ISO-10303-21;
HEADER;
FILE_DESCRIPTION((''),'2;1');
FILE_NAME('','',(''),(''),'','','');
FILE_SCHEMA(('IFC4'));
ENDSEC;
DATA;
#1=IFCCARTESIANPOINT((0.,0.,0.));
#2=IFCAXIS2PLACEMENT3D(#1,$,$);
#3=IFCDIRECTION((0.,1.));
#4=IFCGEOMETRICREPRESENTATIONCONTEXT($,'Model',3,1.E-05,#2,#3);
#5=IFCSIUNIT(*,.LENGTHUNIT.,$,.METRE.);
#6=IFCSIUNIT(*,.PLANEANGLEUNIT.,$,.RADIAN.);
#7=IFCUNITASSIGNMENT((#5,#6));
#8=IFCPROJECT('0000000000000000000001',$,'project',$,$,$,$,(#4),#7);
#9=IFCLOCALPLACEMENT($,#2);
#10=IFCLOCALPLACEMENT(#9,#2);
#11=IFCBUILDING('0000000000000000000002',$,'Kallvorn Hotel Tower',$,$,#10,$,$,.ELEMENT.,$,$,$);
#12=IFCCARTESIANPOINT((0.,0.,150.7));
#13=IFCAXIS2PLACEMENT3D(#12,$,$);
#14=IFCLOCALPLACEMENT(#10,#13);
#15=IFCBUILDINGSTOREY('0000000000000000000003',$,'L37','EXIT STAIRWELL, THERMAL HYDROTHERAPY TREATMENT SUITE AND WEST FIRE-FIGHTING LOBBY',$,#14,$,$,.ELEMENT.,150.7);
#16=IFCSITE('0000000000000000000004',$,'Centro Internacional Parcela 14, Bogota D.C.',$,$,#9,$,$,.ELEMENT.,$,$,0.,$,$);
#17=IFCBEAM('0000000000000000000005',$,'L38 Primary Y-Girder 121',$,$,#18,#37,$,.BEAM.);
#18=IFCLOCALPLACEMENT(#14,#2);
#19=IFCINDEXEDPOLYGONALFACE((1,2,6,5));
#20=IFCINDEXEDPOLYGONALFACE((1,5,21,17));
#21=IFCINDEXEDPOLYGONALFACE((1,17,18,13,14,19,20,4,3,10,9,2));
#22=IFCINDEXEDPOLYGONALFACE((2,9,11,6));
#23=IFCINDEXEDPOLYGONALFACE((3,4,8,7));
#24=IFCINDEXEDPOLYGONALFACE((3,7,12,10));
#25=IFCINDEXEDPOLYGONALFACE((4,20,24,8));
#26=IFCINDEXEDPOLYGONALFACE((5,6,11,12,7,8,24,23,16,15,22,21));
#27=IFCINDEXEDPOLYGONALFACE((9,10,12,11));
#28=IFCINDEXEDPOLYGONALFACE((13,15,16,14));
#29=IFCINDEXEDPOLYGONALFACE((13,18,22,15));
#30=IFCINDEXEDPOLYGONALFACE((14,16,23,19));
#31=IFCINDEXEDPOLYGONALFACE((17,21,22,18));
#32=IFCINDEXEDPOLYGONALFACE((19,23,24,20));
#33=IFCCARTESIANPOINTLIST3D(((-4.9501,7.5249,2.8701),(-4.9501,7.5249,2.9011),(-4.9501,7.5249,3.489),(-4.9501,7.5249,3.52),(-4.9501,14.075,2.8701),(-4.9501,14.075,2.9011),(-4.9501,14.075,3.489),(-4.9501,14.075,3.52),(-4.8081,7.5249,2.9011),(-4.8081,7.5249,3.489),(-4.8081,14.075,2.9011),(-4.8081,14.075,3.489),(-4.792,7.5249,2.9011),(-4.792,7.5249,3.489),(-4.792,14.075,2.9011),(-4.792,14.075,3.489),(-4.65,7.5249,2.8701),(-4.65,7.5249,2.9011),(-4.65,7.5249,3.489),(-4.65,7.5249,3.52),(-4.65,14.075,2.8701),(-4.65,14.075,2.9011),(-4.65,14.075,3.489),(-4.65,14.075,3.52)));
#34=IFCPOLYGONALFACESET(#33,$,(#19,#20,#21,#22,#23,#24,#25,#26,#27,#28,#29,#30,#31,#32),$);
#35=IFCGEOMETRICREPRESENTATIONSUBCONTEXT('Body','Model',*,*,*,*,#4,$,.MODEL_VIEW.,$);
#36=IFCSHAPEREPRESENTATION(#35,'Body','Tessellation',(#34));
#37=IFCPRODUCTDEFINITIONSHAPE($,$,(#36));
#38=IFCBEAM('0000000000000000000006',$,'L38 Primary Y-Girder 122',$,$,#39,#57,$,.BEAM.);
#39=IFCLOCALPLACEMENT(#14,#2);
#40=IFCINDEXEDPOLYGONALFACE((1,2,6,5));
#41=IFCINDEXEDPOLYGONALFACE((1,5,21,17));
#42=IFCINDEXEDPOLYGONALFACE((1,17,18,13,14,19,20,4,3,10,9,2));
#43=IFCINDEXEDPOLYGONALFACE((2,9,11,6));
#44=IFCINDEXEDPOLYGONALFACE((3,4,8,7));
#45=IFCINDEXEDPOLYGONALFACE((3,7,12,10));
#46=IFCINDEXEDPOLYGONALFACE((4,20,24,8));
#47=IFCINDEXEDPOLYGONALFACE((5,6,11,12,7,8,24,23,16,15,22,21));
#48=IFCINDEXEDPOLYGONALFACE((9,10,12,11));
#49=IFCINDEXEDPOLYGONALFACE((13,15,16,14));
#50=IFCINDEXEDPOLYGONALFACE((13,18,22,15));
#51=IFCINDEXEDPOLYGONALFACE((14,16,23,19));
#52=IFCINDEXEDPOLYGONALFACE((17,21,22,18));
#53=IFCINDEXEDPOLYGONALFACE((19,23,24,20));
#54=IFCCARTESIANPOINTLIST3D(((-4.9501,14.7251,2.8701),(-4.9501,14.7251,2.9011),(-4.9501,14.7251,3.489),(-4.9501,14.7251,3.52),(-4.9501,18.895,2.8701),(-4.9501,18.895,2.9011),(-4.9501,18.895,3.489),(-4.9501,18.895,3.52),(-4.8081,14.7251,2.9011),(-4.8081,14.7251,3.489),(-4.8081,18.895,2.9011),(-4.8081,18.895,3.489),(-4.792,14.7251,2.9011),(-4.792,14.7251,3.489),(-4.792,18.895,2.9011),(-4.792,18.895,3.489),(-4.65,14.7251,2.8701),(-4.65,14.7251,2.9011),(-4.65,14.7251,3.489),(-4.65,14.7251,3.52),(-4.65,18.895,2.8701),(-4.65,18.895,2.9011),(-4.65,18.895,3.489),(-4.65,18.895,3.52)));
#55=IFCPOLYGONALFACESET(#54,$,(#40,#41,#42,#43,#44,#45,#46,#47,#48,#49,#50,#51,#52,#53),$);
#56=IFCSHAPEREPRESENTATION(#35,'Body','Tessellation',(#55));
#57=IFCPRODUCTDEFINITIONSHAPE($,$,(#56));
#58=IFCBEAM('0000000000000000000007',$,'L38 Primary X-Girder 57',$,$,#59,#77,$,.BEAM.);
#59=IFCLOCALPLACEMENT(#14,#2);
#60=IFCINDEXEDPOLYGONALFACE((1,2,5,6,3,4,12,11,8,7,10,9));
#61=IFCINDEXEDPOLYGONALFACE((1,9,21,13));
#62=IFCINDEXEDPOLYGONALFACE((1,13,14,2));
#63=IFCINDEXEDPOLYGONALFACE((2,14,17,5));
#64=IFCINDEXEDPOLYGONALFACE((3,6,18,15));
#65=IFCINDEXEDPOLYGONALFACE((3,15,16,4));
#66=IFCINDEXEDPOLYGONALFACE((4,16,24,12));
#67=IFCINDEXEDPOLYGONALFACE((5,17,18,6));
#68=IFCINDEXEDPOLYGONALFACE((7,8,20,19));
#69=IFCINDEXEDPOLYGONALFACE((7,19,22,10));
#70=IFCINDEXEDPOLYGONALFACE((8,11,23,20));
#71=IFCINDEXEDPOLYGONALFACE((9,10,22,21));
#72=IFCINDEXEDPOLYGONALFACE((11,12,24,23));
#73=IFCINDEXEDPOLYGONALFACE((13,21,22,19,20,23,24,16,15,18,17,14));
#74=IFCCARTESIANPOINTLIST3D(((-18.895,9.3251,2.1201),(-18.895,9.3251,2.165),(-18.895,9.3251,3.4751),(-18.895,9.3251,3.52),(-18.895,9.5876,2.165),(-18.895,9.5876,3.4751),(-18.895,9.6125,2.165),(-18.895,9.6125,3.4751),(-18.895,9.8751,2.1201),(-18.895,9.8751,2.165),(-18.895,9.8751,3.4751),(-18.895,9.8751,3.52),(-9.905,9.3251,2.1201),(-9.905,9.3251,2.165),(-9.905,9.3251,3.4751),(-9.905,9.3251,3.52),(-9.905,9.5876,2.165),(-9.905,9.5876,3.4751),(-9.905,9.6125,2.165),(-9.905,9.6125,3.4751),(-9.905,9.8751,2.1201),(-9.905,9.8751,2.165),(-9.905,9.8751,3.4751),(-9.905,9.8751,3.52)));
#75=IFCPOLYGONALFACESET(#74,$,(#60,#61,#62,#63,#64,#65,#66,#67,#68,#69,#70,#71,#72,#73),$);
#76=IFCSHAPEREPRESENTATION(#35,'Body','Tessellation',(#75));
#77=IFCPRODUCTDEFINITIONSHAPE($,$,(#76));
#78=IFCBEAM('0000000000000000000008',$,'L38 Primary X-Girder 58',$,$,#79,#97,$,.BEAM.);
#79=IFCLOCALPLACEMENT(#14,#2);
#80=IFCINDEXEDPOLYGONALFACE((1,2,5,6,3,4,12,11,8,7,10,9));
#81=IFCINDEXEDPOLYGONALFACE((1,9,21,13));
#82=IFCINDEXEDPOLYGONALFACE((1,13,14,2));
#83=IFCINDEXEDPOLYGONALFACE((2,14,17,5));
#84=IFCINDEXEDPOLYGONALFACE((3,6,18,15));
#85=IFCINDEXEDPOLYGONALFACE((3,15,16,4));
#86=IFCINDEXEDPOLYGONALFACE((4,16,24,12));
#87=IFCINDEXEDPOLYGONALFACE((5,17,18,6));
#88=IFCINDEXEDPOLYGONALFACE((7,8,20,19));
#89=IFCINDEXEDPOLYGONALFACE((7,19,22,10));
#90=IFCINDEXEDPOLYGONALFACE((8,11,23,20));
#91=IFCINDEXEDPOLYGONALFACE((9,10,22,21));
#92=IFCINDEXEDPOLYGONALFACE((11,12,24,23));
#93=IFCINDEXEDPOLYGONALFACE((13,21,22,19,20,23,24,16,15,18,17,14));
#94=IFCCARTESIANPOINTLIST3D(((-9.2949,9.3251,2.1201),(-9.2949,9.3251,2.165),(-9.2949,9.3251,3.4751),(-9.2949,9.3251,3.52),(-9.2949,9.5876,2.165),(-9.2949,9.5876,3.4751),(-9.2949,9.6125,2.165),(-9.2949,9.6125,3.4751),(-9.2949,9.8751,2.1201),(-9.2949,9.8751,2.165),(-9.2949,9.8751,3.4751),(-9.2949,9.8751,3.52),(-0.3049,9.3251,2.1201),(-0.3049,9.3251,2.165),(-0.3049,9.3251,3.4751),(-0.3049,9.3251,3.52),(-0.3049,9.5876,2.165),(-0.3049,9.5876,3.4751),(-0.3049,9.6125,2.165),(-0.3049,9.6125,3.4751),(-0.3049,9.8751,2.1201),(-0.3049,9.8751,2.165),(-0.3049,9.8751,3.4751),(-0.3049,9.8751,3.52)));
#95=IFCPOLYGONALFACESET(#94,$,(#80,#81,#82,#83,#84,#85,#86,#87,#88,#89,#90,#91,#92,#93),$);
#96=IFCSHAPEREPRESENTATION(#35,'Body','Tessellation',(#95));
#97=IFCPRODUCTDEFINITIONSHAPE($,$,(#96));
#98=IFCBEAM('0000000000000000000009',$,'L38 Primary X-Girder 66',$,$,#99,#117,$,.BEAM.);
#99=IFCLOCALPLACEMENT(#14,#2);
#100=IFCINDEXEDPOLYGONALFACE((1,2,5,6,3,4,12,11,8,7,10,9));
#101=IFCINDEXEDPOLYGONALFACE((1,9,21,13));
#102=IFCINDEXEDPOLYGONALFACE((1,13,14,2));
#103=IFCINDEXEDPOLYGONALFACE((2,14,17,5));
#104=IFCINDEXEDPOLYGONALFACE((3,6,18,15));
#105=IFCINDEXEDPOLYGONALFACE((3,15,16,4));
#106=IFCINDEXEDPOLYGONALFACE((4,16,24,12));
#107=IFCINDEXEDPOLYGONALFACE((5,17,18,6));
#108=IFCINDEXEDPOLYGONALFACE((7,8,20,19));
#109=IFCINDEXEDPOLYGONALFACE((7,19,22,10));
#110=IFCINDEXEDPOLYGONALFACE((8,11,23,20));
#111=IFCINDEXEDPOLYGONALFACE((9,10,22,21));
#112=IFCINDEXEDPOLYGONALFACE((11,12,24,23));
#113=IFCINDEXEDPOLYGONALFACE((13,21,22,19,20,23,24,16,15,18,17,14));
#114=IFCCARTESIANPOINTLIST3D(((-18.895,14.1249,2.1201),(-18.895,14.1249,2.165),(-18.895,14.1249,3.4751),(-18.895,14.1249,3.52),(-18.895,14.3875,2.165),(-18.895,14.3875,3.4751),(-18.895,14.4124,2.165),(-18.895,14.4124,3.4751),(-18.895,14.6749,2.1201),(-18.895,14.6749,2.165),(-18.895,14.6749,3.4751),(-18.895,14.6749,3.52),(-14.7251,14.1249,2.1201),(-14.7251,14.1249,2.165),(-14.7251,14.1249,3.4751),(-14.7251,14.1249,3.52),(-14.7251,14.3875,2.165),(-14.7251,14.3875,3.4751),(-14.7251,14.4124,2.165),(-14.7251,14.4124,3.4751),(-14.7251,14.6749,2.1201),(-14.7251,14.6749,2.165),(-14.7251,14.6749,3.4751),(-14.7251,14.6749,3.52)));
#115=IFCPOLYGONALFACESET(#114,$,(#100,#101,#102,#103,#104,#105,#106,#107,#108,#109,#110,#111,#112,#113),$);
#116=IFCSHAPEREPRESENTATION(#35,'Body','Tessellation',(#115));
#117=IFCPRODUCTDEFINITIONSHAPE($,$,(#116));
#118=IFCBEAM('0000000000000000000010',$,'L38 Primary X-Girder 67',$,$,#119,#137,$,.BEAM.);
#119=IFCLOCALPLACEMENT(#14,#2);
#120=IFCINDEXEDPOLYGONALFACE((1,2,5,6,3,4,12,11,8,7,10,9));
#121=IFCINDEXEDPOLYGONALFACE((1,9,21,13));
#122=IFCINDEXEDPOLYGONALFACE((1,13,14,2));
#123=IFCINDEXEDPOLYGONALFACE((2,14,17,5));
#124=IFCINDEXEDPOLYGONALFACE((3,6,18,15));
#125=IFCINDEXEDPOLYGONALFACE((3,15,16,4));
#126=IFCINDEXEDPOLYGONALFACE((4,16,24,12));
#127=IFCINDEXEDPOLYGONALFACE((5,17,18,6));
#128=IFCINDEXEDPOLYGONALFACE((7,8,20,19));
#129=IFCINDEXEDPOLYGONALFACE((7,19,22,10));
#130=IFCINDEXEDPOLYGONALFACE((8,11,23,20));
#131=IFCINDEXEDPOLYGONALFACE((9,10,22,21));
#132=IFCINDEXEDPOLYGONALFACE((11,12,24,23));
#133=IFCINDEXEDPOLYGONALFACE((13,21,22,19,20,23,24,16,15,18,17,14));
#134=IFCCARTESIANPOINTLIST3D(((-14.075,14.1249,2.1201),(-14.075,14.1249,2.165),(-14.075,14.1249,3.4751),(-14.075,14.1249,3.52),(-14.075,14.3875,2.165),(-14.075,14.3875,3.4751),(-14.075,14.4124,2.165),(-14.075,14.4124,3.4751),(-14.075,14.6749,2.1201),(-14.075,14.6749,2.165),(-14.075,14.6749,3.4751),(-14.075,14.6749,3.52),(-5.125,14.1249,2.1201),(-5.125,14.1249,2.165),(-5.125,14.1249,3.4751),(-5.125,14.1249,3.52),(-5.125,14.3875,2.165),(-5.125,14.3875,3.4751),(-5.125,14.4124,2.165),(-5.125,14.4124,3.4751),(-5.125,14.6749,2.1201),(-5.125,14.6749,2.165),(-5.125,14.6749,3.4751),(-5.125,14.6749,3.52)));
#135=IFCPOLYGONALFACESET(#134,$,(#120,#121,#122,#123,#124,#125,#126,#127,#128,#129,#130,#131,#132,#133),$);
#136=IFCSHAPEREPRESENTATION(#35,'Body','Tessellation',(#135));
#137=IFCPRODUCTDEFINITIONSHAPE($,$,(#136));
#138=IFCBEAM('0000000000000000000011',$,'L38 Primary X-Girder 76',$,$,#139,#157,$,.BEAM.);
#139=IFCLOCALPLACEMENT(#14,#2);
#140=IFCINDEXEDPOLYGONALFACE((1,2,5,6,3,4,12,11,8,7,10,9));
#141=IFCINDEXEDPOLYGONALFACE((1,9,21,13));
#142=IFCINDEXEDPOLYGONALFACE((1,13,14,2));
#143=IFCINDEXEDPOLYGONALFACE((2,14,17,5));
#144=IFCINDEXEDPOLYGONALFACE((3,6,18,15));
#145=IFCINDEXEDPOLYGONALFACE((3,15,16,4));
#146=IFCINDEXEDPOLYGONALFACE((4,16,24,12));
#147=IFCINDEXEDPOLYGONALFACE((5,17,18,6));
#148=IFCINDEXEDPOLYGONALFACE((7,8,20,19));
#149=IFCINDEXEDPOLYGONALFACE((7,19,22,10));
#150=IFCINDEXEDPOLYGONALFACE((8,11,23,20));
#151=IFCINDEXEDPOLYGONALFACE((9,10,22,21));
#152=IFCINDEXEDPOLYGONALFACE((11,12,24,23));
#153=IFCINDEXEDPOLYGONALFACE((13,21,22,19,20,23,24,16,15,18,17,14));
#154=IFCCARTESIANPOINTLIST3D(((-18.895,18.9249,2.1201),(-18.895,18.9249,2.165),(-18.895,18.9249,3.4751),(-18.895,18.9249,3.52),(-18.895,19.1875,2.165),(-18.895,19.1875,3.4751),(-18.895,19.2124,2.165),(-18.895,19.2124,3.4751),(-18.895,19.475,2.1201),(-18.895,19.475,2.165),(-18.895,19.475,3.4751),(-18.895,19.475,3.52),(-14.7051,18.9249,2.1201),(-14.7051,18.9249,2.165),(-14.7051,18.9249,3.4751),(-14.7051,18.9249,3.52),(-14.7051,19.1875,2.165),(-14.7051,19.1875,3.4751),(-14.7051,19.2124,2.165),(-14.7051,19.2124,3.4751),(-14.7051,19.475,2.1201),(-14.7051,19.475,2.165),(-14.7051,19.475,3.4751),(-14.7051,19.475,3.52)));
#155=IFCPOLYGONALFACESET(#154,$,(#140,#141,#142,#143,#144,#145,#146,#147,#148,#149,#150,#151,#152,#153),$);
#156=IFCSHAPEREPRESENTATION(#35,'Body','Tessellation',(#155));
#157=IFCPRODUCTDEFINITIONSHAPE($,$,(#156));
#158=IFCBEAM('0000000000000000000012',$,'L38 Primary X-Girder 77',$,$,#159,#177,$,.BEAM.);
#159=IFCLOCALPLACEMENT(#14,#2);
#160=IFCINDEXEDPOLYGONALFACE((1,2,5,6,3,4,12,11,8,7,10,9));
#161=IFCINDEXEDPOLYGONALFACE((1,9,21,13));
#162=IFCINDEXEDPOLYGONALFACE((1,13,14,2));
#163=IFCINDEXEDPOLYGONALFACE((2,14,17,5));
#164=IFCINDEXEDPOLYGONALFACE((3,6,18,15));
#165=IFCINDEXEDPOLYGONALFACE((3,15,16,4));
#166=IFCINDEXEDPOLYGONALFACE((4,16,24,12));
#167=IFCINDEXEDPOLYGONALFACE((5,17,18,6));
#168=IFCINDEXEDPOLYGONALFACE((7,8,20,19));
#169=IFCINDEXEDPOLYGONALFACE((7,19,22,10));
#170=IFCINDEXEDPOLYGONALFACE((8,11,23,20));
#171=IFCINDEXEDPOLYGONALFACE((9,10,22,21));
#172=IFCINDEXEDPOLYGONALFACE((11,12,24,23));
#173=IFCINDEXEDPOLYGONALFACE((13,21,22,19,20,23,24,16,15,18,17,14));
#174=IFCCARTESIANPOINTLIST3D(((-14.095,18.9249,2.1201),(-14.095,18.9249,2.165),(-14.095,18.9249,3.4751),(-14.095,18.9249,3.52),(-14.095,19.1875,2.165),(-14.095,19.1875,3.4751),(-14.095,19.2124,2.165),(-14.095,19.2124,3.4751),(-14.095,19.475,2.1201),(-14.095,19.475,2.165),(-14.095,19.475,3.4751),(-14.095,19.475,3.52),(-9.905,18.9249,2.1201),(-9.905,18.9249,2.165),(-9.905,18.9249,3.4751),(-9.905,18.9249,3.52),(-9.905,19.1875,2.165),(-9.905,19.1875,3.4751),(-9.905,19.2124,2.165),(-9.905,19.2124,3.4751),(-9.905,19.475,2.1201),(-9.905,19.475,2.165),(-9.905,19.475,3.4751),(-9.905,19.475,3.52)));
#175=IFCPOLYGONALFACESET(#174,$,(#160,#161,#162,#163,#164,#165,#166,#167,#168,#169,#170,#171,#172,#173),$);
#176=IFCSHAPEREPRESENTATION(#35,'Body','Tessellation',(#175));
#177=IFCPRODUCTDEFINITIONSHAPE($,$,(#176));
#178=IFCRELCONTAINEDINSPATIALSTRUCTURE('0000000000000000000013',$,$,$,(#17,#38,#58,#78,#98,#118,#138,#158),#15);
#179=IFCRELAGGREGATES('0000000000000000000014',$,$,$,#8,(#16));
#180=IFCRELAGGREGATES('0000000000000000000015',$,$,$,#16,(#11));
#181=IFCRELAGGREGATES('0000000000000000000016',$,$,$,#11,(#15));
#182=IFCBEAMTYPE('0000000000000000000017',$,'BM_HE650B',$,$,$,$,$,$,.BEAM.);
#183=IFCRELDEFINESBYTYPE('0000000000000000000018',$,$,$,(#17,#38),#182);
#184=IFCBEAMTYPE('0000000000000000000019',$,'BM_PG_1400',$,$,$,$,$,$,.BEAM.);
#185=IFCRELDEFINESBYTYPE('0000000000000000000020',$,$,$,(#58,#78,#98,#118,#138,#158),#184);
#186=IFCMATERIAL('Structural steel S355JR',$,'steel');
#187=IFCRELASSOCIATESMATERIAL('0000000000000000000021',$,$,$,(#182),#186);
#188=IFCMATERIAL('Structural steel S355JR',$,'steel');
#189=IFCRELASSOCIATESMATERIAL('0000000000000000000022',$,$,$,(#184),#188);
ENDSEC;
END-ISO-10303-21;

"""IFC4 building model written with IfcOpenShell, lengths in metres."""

from ifc_helpers import new_model, si_unit, direction, frame, origin, origin_2d, place, context, subcontext, project, spatial, i_section, extrude, material, material_profile, profile_set, type_object, element, save


model = new_model("IFC4")

# Units and contexts
model_context = context("Model", 3, precision=1e-05, world=origin(), true_north=direction((0.0, 1.0)))
body_context = subcontext(model_context, "Body", "Model", "MODEL_VIEW")
ifc_project = project(units=[si_unit("LENGTHUNIT", "METRE"), si_unit("PLANEANGLEUNIT", "RADIAN")], contexts=[model_context])

# Site, building, storey
site_placement = place(None, origin())
site = spatial("IfcSite", under=ifc_project, at=site_placement, Name="Centro Internacional Parcela 14, Bogota D.C.", CompositionType="ELEMENT", RefElevation=0.0)
building_placement = place(site_placement, origin())
building = spatial("IfcBuilding", under=site, at=building_placement, Name="Kallvorn Hotel Tower", CompositionType="ELEMENT")
storey_placement = place(building_placement, frame((0.0, 0.0, 150.7)))
storey = spatial("IfcBuildingStorey", under=building, at=storey_placement, Name="L37", Description="EXIT STAIRWELL, THERMAL HYDROTHERAPY TREATMENT SUITE AND WEST FIRE-FIGHTING LOBBY", CompositionType="ELEMENT", Elevation=150.7)

# Beams
ifc_material_1 = material(Name="Structural steel S355JR", Category="steel")
ifc_material_profile_1 = material_profile(ifc_material_1, i_section(OverallWidth=0.3, OverallDepth=0.6499, WebThickness=0.0161, FlangeThickness=0.031, at=origin_2d()), Name="HE 650 B")
ifc_profile_set_1 = profile_set([ifc_material_profile_1], Name="Structural steel S355JR")
beam_type_1 = type_object("IfcBeamType", Name="BM_HE650B", PredefinedType="BEAM", material=ifc_profile_set_1)
beam_1_placement = place(storey_placement, frame((-4.8, 7.5249, 3.1951), z_axis=(0.0, 1.0, 0.0), x_axis=(-1.0, 0.0, 0.0)))
element("IfcBeam", 1, at=beam_1_placement, inside=storey, type_object=beam_type_1, Name="L38 Primary Y-Girder 121", PredefinedType="BEAM", context=body_context, shape_type="SweptSolid", body=[
    extrude(i_section(OverallWidth=0.3, OverallDepth=0.6499, WebThickness=0.0161, FlangeThickness=0.031, at=origin_2d()), origin(), (0.0, 0.0, 1.0), 6.55),
])
beam_2_placement = place(storey_placement, frame((-4.8, 14.7251, 3.1951), z_axis=(0.0, 1.0, 0.0), x_axis=(-1.0, 0.0, 0.0)))
element("IfcBeam", 2, at=beam_2_placement, inside=storey, type_object=beam_type_1, Name="L38 Primary Y-Girder 122", PredefinedType="BEAM", context=body_context, shape_type="SweptSolid", body=[
    extrude(i_section(OverallWidth=0.3, OverallDepth=0.6499, WebThickness=0.0161, FlangeThickness=0.031, at=origin_2d()), origin(), (0.0, 0.0, 1.0), 4.1699),
])
ifc_material_2 = material(Name="Structural steel S355JR", Category="steel")
ifc_material_profile_2 = material_profile(ifc_material_2, i_section(OverallWidth=0.55, OverallDepth=1.3999, WebThickness=0.0249, FlangeThickness=0.0449, at=origin_2d()), Name="PG 1400x550x25x45")
ifc_profile_set_2 = profile_set([ifc_material_profile_2], Name="Structural steel S355JR")
beam_type_2 = type_object("IfcBeamType", Name="BM_PG_1400", PredefinedType="BEAM", material=ifc_profile_set_2)
for number, where, z_axis, x_axis, name in (
    (3, (-18.895, 9.6001, 2.8201), (1.0, 0.0, 0.0), (0.0, 1.0, 0.0), "L38 Primary X-Girder 57"),
    (4, (-9.2949, 9.6001, 2.8201), (1.0, 0.0, 0.0), (0.0, 1.0, 0.0), "L38 Primary X-Girder 58"),
):
    element("IfcBeam", number, at=place(storey_placement, frame(where, z_axis=z_axis, x_axis=x_axis)), inside=storey, type_object=beam_type_2, Name=name, PredefinedType="BEAM", context=body_context, shape_type="SweptSolid", body=[
        extrude(i_section(OverallWidth=0.55, OverallDepth=1.3999, WebThickness=0.0249, FlangeThickness=0.0449, at=origin_2d()), origin(), (0.0, 0.0, 1.0), 8.99),
    ])
beam_3_placement = place(storey_placement, frame((-18.895, 14.3999, 2.8201), z_axis=(1.0, 0.0, 0.0), x_axis=(0.0, 1.0, 0.0)))
element("IfcBeam", 5, at=beam_3_placement, inside=storey, type_object=beam_type_2, Name="L38 Primary X-Girder 66", PredefinedType="BEAM", context=body_context, shape_type="SweptSolid", body=[
    extrude(i_section(OverallWidth=0.55, OverallDepth=1.3999, WebThickness=0.0249, FlangeThickness=0.0449, at=origin_2d()), origin(), (0.0, 0.0, 1.0), 4.1699),
])
beam_4_placement = place(storey_placement, frame((-14.075, 14.3999, 2.8201), z_axis=(1.0, 0.0, 0.0), x_axis=(0.0, 1.0, 0.0)))
element("IfcBeam", 6, at=beam_4_placement, inside=storey, type_object=beam_type_2, Name="L38 Primary X-Girder 67", PredefinedType="BEAM", context=body_context, shape_type="SweptSolid", body=[
    extrude(i_section(OverallWidth=0.55, OverallDepth=1.3999, WebThickness=0.0249, FlangeThickness=0.0449, at=origin_2d()), origin(), (0.0, 0.0, 1.0), 8.95),
])
for number, where, z_axis, x_axis, name in (
    (7, (-18.895, 19.2, 2.8201), (1.0, 0.0, 0.0), (0.0, 1.0, 0.0), "L38 Primary X-Girder 76"),
    (8, (-14.095, 19.2, 2.8201), (1.0, 0.0, 0.0), (0.0, 1.0, 0.0), "L38 Primary X-Girder 77"),
):
    element("IfcBeam", number, at=place(storey_placement, frame(where, z_axis=z_axis, x_axis=x_axis)), inside=storey, type_object=beam_type_2, Name=name, PredefinedType="BEAM", context=body_context, shape_type="SweptSolid", body=[
        extrude(i_section(OverallWidth=0.55, OverallDepth=1.3999, WebThickness=0.0249, FlangeThickness=0.0449, at=origin_2d()), origin(), (0.0, 0.0, 1.0), 4.1899),
    ])

save(model, "model.ifc")
